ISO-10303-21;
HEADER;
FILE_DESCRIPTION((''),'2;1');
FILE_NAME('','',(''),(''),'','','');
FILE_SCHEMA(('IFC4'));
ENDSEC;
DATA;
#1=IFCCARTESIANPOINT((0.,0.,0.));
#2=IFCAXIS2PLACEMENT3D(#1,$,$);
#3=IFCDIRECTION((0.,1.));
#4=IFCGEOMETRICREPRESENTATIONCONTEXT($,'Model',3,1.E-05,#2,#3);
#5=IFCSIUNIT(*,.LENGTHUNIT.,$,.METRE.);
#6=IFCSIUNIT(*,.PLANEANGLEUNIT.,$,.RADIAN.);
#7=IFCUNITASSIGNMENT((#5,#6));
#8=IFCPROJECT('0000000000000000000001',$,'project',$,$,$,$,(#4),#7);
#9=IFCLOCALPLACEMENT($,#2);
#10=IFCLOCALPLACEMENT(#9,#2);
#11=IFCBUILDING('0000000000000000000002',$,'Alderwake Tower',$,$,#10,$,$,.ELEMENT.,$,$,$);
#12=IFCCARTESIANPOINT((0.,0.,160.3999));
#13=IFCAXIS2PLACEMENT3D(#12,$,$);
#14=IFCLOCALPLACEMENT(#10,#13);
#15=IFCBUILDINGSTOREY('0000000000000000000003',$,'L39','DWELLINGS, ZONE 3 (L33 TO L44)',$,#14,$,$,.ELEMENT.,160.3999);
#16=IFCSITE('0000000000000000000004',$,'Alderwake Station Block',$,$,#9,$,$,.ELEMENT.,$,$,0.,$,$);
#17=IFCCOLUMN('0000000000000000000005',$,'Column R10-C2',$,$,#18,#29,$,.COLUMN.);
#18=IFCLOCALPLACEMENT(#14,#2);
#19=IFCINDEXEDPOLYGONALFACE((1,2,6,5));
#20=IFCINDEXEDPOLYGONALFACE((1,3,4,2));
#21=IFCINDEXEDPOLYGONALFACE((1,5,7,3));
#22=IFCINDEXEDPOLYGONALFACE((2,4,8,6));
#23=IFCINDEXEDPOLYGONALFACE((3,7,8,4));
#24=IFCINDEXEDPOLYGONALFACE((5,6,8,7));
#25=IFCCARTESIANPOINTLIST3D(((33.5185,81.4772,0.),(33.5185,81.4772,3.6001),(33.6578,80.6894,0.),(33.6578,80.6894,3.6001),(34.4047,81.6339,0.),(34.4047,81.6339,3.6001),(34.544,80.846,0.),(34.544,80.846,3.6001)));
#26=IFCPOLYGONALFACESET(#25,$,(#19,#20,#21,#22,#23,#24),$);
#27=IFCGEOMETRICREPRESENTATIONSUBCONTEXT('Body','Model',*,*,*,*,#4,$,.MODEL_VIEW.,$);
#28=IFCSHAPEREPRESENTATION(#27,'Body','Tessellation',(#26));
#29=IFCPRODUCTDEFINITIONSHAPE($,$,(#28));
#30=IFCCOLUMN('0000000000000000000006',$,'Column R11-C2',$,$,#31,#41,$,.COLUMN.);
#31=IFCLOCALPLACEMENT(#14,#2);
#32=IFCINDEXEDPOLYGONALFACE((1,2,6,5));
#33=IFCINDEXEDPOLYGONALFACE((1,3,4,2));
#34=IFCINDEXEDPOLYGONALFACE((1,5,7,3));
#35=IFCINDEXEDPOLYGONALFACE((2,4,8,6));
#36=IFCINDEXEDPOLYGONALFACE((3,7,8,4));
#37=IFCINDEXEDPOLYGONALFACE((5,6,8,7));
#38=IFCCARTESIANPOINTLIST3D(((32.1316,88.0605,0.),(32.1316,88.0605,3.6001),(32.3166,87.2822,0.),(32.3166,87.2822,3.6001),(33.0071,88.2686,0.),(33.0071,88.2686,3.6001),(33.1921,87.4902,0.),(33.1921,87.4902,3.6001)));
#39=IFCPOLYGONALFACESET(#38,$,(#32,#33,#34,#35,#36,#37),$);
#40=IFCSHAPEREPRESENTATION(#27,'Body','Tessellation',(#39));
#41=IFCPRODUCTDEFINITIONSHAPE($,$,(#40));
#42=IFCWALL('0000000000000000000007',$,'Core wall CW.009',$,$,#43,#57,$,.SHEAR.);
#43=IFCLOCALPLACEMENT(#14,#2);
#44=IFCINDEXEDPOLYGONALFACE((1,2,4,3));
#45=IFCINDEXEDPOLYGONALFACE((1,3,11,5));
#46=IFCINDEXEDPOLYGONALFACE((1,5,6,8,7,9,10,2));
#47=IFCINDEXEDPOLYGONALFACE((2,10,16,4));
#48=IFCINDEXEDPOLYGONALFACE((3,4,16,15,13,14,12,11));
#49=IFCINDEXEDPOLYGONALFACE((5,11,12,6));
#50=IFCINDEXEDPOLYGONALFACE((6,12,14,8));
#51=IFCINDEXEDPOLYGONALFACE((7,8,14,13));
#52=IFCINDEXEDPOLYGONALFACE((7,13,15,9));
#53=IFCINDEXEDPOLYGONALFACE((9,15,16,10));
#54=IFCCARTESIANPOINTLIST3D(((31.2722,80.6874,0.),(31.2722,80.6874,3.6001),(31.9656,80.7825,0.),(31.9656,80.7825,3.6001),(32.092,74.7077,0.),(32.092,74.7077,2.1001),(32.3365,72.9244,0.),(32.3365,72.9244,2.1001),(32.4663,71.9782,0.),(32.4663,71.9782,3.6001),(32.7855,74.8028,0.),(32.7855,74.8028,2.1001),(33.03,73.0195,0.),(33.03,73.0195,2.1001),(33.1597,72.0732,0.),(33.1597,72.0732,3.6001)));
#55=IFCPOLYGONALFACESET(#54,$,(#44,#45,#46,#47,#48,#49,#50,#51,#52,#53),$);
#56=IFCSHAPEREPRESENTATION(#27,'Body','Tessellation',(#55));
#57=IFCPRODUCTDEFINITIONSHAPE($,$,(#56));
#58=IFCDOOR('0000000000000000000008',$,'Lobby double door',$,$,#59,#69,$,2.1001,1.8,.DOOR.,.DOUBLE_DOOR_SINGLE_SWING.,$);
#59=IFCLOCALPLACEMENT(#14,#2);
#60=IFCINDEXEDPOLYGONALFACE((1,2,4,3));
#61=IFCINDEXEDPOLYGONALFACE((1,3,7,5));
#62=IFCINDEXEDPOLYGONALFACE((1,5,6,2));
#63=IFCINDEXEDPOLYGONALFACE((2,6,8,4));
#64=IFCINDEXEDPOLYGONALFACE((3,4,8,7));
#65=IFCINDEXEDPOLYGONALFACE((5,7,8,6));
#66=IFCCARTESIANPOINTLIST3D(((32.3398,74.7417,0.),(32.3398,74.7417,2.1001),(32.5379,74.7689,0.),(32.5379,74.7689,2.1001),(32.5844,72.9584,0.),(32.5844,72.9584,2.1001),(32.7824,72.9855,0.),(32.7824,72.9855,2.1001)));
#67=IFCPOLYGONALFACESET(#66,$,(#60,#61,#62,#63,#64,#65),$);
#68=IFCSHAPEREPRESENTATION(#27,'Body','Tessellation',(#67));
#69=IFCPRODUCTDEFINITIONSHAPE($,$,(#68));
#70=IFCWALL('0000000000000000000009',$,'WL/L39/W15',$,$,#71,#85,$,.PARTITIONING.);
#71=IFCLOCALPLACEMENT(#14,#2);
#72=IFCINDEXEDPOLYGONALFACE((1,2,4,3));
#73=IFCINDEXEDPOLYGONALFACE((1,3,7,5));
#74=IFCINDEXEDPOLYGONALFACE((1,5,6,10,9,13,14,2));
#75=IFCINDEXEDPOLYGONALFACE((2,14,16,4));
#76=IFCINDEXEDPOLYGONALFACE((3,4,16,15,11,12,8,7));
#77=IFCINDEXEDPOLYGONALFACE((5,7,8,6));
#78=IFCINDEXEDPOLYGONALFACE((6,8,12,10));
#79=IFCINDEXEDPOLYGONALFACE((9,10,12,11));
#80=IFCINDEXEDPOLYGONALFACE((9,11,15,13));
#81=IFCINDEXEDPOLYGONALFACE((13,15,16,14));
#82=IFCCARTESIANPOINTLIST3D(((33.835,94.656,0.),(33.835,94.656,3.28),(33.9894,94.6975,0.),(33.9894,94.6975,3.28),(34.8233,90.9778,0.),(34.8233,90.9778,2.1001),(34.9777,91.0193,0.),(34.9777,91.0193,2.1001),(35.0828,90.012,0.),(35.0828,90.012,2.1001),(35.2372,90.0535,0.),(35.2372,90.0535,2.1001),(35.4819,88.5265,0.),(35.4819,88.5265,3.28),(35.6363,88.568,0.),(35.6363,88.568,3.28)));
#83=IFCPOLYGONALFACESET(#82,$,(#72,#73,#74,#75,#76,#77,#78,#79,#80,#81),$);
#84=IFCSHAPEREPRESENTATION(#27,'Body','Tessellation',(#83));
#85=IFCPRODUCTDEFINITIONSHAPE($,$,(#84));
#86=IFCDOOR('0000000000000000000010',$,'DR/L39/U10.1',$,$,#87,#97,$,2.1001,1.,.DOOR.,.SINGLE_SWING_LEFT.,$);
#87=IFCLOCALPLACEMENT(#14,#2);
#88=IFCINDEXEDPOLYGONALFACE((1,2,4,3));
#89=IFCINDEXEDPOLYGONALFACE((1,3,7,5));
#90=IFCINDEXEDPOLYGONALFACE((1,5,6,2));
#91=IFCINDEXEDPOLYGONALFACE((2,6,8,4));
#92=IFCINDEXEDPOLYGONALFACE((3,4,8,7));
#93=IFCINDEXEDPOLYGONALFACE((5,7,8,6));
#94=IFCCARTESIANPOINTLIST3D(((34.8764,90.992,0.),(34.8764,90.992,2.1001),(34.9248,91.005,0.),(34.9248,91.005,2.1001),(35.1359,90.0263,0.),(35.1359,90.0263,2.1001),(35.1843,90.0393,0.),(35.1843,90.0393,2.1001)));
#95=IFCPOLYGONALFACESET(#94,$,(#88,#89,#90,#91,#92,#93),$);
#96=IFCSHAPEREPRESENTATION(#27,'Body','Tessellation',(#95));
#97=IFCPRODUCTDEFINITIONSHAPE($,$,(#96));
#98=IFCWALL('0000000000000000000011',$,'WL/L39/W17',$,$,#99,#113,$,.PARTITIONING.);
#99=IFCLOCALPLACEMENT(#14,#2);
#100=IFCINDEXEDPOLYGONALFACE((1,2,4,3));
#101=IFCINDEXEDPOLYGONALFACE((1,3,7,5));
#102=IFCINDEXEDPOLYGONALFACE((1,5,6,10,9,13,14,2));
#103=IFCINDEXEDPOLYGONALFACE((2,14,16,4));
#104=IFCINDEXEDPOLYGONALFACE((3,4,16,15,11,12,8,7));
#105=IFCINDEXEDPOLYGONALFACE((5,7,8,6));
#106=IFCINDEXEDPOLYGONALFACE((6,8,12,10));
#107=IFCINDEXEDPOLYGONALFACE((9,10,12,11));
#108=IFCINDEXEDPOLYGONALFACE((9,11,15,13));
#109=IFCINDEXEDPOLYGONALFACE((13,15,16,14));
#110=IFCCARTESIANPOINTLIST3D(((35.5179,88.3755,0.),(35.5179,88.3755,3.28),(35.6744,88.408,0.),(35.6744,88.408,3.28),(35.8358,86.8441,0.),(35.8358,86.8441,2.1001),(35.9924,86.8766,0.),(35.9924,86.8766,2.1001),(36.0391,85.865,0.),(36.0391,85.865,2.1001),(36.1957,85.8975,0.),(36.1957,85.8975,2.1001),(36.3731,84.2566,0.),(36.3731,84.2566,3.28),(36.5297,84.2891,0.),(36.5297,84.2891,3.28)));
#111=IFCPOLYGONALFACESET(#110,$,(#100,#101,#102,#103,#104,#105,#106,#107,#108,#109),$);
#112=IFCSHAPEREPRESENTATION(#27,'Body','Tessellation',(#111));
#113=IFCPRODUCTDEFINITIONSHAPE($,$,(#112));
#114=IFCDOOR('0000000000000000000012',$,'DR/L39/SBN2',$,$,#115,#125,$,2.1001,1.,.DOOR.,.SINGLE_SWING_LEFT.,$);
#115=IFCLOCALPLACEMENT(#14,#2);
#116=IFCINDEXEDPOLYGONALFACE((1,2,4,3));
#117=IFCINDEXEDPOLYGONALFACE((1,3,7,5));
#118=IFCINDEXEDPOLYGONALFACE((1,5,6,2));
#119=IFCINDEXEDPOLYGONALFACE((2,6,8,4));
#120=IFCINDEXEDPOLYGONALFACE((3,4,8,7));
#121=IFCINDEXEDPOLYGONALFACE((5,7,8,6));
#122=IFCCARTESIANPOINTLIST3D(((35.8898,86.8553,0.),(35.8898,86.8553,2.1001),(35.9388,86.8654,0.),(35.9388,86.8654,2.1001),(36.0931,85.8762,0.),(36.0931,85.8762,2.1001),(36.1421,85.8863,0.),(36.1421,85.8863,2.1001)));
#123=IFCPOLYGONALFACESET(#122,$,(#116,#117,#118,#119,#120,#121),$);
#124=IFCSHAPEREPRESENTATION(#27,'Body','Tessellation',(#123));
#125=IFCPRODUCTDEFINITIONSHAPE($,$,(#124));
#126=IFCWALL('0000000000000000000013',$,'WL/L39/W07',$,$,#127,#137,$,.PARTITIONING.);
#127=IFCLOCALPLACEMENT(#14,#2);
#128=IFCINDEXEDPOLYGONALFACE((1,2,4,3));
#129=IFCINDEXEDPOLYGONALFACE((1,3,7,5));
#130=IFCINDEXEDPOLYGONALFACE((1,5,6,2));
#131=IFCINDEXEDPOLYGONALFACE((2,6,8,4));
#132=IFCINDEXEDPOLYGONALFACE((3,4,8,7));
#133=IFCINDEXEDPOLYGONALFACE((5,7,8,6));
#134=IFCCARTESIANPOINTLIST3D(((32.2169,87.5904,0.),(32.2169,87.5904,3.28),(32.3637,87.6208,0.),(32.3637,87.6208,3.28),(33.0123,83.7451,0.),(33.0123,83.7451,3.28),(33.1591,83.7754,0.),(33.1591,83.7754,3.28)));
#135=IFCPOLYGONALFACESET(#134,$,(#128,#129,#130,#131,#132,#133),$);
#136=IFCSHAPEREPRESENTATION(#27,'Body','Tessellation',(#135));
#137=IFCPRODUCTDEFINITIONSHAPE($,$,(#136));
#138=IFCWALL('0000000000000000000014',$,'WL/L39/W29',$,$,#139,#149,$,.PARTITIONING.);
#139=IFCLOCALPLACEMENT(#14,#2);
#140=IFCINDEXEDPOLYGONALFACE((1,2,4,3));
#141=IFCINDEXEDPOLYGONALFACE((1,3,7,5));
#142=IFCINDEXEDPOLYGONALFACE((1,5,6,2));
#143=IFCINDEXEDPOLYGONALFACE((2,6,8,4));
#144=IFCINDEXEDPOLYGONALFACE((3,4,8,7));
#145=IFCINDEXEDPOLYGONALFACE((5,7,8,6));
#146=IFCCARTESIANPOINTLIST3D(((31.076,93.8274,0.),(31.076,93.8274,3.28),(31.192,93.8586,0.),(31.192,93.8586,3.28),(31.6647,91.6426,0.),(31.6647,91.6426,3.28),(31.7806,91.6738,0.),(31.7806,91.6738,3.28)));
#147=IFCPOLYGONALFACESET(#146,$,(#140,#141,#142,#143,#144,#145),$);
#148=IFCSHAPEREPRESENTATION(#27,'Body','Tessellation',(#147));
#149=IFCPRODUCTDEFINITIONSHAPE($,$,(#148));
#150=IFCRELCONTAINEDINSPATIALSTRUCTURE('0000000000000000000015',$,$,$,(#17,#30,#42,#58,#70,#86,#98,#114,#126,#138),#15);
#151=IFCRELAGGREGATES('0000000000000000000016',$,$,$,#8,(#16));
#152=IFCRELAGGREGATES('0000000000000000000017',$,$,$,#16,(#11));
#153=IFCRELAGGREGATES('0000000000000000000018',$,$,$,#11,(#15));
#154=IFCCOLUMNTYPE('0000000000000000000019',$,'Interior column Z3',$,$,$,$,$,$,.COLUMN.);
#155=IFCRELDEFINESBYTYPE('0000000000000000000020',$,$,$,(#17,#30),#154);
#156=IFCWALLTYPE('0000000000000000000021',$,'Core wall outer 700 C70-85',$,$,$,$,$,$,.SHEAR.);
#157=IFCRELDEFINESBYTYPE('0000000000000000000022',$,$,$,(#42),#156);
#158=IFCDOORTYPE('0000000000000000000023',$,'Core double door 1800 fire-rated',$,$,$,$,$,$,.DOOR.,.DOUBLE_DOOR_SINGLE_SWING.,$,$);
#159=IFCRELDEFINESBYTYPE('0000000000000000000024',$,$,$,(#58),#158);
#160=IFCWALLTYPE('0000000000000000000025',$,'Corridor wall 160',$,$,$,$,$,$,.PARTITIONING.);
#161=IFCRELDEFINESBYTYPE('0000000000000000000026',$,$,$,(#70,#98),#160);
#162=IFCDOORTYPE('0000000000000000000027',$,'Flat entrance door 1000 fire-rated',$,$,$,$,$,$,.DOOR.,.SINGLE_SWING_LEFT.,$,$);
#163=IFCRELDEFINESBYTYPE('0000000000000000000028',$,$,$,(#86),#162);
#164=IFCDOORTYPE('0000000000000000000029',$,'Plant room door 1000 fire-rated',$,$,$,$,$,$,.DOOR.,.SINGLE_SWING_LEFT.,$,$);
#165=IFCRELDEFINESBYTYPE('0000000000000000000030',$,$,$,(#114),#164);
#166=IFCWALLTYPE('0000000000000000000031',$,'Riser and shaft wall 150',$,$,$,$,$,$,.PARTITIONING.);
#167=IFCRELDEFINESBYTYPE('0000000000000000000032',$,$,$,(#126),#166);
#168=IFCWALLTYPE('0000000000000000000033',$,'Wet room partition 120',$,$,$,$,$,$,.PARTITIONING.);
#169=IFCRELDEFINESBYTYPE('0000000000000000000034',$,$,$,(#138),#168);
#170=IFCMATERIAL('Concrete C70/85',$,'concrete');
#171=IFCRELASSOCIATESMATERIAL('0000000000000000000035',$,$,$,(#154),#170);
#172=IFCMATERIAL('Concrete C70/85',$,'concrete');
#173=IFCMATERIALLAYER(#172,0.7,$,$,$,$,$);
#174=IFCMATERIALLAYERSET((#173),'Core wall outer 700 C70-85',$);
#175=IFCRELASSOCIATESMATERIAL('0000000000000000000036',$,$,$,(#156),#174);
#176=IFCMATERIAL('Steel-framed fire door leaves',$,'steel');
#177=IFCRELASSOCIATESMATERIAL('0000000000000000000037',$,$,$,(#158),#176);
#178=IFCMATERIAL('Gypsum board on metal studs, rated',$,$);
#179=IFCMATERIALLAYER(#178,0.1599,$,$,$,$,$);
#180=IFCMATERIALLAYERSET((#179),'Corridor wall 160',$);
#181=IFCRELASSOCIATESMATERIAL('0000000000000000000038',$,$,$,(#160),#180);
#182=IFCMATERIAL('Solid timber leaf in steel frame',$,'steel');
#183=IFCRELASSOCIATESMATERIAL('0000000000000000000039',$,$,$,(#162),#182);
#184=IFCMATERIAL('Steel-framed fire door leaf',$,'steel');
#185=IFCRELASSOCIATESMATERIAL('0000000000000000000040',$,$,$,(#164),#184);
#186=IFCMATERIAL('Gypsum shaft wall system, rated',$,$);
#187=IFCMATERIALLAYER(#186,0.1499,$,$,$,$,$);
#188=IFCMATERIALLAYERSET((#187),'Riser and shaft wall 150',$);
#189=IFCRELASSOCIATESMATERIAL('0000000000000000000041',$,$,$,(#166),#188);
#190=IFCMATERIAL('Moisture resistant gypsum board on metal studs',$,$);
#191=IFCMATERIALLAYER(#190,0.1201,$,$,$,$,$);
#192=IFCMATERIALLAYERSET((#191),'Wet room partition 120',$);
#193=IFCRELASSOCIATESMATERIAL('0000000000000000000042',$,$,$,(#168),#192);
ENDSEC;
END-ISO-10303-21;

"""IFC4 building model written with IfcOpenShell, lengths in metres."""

from ifc_helpers import new_model, si_unit, direction, frame, frame_2d, origin, origin_2d, place, context, subcontext, project, spatial, rectangle, extrude, material, layer, layer_set, material_profile, profile_set, type_object, element, fill, save


model = new_model("IFC4")

# Units and contexts
model_context = context("Model", 3, precision=1e-05, world=origin(), true_north=direction((0.0, 1.0)))
body_context = subcontext(model_context, "Body", "Model", "MODEL_VIEW")
ifc_project = project(units=[si_unit("LENGTHUNIT", "METRE"), si_unit("PLANEANGLEUNIT", "RADIAN")], contexts=[model_context])

# Site, building, storey
site_placement = place(None, origin())
site = spatial("IfcSite", under=ifc_project, at=site_placement, Name="Alderwake Station Block", CompositionType="ELEMENT", RefElevation=0.0)
building_placement = place(site_placement, origin())
building = spatial("IfcBuilding", under=site, at=building_placement, Name="Alderwake Tower", CompositionType="ELEMENT")
storey_placement = place(building_placement, frame((0.0, 0.0, 160.3999)))
storey = spatial("IfcBuildingStorey", under=building, at=storey_placement, Name="L39", Description="DWELLINGS, ZONE 3 (L33 TO L44)", CompositionType="ELEMENT", Elevation=160.3999)

# Columns
ifc_material_1 = material(Name="Concrete C70/85", Category="concrete")
ifc_material_profile_1 = material_profile(ifc_material_1, rectangle(XDim=0.8, YDim=0.8999, at=origin_2d()), Name="RC 900X800")
ifc_profile_set_1 = profile_set([ifc_material_profile_1], Name="Concrete C70/85")
column_type = type_object("IfcColumnType", Name="Interior column Z3", PredefinedType="COLUMN", material=ifc_profile_set_1)
for number, where, z_axis, x_axis, name in (
    (1, (34.0312, 81.1616, 0.0), (0.0, 0.0, 1.0), (-0.174109, 0.984726, 0.0), "Column R10-C2"),
    (2, (32.6619, 87.7754, 0.0), (0.0, 0.0, 1.0), (-0.231222, 0.972901, 0.0), "Column R11-C2"),
):
    element("IfcColumn", number, at=place(storey_placement, frame(where, z_axis=z_axis, x_axis=x_axis)), inside=storey, type_object=column_type, Name=name, PredefinedType="COLUMN", context=body_context, shape_type="SweptSolid", body=[
        extrude(rectangle(XDim=0.8, YDim=0.8999, at=origin_2d()), origin(), (0.0, 0.0, 1.0), 3.6001),
    ])

# Walls, openings, doors
ifc_material_2 = material(Name="Concrete C70/85", Category="concrete")
ifc_layer_1 = layer(ifc_material_2, 0.7)
ifc_layer_set_1 = layer_set([ifc_layer_1], Name="Core wall outer 700 C70-85")
wall_type_1 = type_object("IfcWallType", Name="Core wall outer 700 C70-85", PredefinedType="SHEAR", material=ifc_layer_set_1)
wall_1_placement = place(storey_placement, frame((31.6189, 80.7351, 0.0), z_axis=(0.0, 0.0, 1.0), x_axis=(0.135836, -0.990731, 0.0)))
wall_1 = element("IfcWall", 3, at=wall_1_placement, inside=storey, type_object=wall_type_1, Name="Core wall CW.009", PredefinedType="SHEAR", context=body_context, shape_type="SweptSolid", body=[
    extrude(rectangle(XDim=8.7908, YDim=0.7, at=frame_2d((4.3955, 0.0))), origin(), (0.0, 0.0, 1.0), 3.6001),
])
opening_1_placement = place(wall_1_placement, frame((6.0359, 0.0, 0.0)))
opening_1 = element("IfcOpeningElement", 4, at=opening_1_placement, cuts=wall_1, PredefinedType="OPENING", context=body_context, shape_type="SweptSolid", body=[
    extrude(rectangle(XDim=1.8, YDim=2.1001, at=frame_2d((0.8999, 1.05))), frame((0.0, 0.3599, 0.0), z_axis=(0.0, -1.0, 0.0), x_axis=(1.0, 0.0, 0.0)), (0.0, 0.0, 1.0), 0.72),
])
ifc_material_3 = material(Name="Steel-framed fire door leaves", Category="steel")
door_type_1 = type_object("IfcDoorType", Name="Core double door 1800 fire-rated", OperationType="DOUBLE_DOOR_SINGLE_SWING", PredefinedType="DOOR", material=ifc_material_3)
door_1_placement = place(opening_1_placement, origin())
door_1 = element("IfcDoor", 5, at=door_1_placement, inside=storey, type_object=door_type_1, Name="Lobby double door", OperationType="DOUBLE_DOOR_SINGLE_SWING", OverallHeight=2.1001, OverallWidth=1.8, PredefinedType="DOOR", context=body_context, shape_type="SweptSolid", body=[
    extrude(rectangle(XDim=1.8, YDim=2.1001, at=frame_2d((0.8999, 1.05))), frame((0.0, 0.1001, 0.0), z_axis=(0.0, -1.0, 0.0), x_axis=(1.0, 0.0, 0.0)), (0.0, 0.0, 1.0), 0.2),
])
fill(opening_1, door_1)
ifc_material_4 = material(Name="Gypsum board on metal studs, rated")
ifc_layer_2 = layer(ifc_material_4, 0.1599)
ifc_layer_set_2 = layer_set([ifc_layer_2], Name="Corridor wall 160")
wall_type_2 = type_object("IfcWallType", Name="Corridor wall 160", PredefinedType="PARTITIONING", material=ifc_layer_set_2)
wall_2_placement = place(storey_placement, frame((35.5591, 88.5474, 0.0), z_axis=(0.0, 0.0, 1.0), x_axis=(-0.259486, 0.965747, 0.0)))
wall_2 = element("IfcWall", 6, at=wall_2_placement, inside=storey, type_object=wall_type_2, Name="WL/L39/W15", PredefinedType="PARTITIONING", context=body_context, shape_type="SweptSolid", body=[
    extrude(rectangle(XDim=6.3469, YDim=0.1599, at=frame_2d((3.1733, 0.0))), origin(), (0.0, 0.0, 1.0), 3.28),
])
opening_2_placement = place(wall_2_placement, frame((1.5381, 0.0, 0.0)))
opening_2 = element("IfcOpeningElement", 7, at=opening_2_placement, cuts=wall_2, PredefinedType="OPENING", context=body_context, shape_type="SweptSolid", body=[
    extrude(rectangle(XDim=1.0, YDim=2.1001, at=frame_2d((0.5, 1.05))), frame((0.0, 0.0898, 0.0), z_axis=(0.0, -1.0, 0.0), x_axis=(1.0, 0.0, 0.0)), (0.0, 0.0, 1.0), 0.1799),
])
ifc_material_5 = material(Name="Solid timber leaf in steel frame", Category="steel")
door_type_2 = type_object("IfcDoorType", Name="Flat entrance door 1000 fire-rated", OperationType="SINGLE_SWING_LEFT", PredefinedType="DOOR", material=ifc_material_5)
door_2_placement = place(opening_2_placement, origin())
door_2 = element("IfcDoor", 8, at=door_2_placement, inside=storey, type_object=door_type_2, Name="DR/L39/U10.1", OperationType="SINGLE_SWING_LEFT", OverallHeight=2.1001, OverallWidth=1.0, PredefinedType="DOOR", context=body_context, shape_type="SweptSolid", body=[
    extrude(rectangle(XDim=1.0, YDim=2.1001, at=frame_2d((0.5, 1.05))), frame((0.0, 0.0249, 0.0), z_axis=(0.0, -1.0, 0.0), x_axis=(1.0, 0.0, 0.0)), (0.0, 0.0, 1.0), 0.05),
])
fill(opening_2, door_2)
wall_3_placement = place(storey_placement, frame((36.4514, 84.2727, 0.0), z_axis=(0.0, 0.0, 1.0), x_axis=(-0.203298, 0.979117, 0.0)))
wall_3 = element("IfcWall", 9, at=wall_3_placement, inside=storey, type_object=wall_type_2, Name="WL/L39/W17", PredefinedType="PARTITIONING", context=body_context, shape_type="SweptSolid", body=[
    extrude(rectangle(XDim=4.2068, YDim=0.1599, at=frame_2d((2.1035, 0.0))), origin(), (0.0, 0.0, 1.0), 3.28),
])
opening_3_placement = place(wall_3_placement, frame((1.6428, 0.0, 0.0)))
opening_3 = element("IfcOpeningElement", 10, at=opening_3_placement, cuts=wall_3, PredefinedType="OPENING", context=body_context, shape_type="SweptSolid", body=[
    extrude(rectangle(XDim=1.0, YDim=2.1001, at=frame_2d((0.5, 1.05))), frame((0.0, 0.0898, 0.0), z_axis=(0.0, -1.0, 0.0), x_axis=(1.0, 0.0, 0.0)), (0.0, 0.0, 1.0), 0.1799),
])
ifc_material_6 = material(Name="Steel-framed fire door leaf", Category="steel")
door_type_3 = type_object("IfcDoorType", Name="Plant room door 1000 fire-rated", OperationType="SINGLE_SWING_LEFT", PredefinedType="DOOR", material=ifc_material_6)
door_3_placement = place(opening_3_placement, origin())
door_3 = element("IfcDoor", 11, at=door_3_placement, inside=storey, type_object=door_type_3, Name="DR/L39/SBN2", OperationType="SINGLE_SWING_LEFT", OverallHeight=2.1001, OverallWidth=1.0, PredefinedType="DOOR", context=body_context, shape_type="SweptSolid", body=[
    extrude(rectangle(XDim=1.0, YDim=2.1001, at=frame_2d((0.5, 1.05))), frame((0.0, 0.0249, 0.0), z_axis=(0.0, -1.0, 0.0), x_axis=(1.0, 0.0, 0.0)), (0.0, 0.0, 1.0), 0.05),
])
fill(opening_3, door_3)

# Walls
ifc_material_7 = material(Name="Gypsum shaft wall system, rated")
ifc_layer_3 = layer(ifc_material_7, 0.1499)
ifc_layer_set_3 = layer_set([ifc_layer_3], Name="Riser and shaft wall 150")
wall_type_3 = type_object("IfcWallType", Name="Riser and shaft wall 150", PredefinedType="PARTITIONING", material=ifc_layer_set_3)
wall_4_placement = place(storey_placement, frame((33.0857, 83.7603, 0.0), z_axis=(0.0, 0.0, 1.0), x_axis=(-0.202556, 0.979271, 0.0)))
element("IfcWall", 12, at=wall_4_placement, inside=storey, type_object=wall_type_3, Name="WL/L39/W07", PredefinedType="PARTITIONING", context=body_context, shape_type="SweptSolid", body=[
    extrude(rectangle(XDim=3.9268, YDim=0.1499, at=frame_2d((1.9634, 0.0))), origin(), (0.0, 0.0, 1.0), 3.28),
])
ifc_material_8 = material(Name="Moisture resistant gypsum board on metal studs")
ifc_layer_4 = layer(ifc_material_8, 0.1201)
ifc_layer_set_4 = layer_set([ifc_layer_4], Name="Wet room partition 120")
wall_type_4 = type_object("IfcWallType", Name="Wet room partition 120", PredefinedType="PARTITIONING", material=ifc_layer_set_4)
wall_5_placement = place(storey_placement, frame((31.134, 93.843, 0.0), z_axis=(0.0, 0.0, 1.0), x_axis=(0.26014, -0.965571, 0.0)))
element("IfcWall", 13, at=wall_5_placement, inside=storey, type_object=wall_type_4, Name="WL/L39/W29", PredefinedType="PARTITIONING", context=body_context, shape_type="SweptSolid", body=[
    extrude(rectangle(XDim=2.2627, YDim=0.1201, at=frame_2d((1.1313, 0.0))), origin(), (0.0, 0.0, 1.0), 3.28),
])

save(model, "model.ifc")
